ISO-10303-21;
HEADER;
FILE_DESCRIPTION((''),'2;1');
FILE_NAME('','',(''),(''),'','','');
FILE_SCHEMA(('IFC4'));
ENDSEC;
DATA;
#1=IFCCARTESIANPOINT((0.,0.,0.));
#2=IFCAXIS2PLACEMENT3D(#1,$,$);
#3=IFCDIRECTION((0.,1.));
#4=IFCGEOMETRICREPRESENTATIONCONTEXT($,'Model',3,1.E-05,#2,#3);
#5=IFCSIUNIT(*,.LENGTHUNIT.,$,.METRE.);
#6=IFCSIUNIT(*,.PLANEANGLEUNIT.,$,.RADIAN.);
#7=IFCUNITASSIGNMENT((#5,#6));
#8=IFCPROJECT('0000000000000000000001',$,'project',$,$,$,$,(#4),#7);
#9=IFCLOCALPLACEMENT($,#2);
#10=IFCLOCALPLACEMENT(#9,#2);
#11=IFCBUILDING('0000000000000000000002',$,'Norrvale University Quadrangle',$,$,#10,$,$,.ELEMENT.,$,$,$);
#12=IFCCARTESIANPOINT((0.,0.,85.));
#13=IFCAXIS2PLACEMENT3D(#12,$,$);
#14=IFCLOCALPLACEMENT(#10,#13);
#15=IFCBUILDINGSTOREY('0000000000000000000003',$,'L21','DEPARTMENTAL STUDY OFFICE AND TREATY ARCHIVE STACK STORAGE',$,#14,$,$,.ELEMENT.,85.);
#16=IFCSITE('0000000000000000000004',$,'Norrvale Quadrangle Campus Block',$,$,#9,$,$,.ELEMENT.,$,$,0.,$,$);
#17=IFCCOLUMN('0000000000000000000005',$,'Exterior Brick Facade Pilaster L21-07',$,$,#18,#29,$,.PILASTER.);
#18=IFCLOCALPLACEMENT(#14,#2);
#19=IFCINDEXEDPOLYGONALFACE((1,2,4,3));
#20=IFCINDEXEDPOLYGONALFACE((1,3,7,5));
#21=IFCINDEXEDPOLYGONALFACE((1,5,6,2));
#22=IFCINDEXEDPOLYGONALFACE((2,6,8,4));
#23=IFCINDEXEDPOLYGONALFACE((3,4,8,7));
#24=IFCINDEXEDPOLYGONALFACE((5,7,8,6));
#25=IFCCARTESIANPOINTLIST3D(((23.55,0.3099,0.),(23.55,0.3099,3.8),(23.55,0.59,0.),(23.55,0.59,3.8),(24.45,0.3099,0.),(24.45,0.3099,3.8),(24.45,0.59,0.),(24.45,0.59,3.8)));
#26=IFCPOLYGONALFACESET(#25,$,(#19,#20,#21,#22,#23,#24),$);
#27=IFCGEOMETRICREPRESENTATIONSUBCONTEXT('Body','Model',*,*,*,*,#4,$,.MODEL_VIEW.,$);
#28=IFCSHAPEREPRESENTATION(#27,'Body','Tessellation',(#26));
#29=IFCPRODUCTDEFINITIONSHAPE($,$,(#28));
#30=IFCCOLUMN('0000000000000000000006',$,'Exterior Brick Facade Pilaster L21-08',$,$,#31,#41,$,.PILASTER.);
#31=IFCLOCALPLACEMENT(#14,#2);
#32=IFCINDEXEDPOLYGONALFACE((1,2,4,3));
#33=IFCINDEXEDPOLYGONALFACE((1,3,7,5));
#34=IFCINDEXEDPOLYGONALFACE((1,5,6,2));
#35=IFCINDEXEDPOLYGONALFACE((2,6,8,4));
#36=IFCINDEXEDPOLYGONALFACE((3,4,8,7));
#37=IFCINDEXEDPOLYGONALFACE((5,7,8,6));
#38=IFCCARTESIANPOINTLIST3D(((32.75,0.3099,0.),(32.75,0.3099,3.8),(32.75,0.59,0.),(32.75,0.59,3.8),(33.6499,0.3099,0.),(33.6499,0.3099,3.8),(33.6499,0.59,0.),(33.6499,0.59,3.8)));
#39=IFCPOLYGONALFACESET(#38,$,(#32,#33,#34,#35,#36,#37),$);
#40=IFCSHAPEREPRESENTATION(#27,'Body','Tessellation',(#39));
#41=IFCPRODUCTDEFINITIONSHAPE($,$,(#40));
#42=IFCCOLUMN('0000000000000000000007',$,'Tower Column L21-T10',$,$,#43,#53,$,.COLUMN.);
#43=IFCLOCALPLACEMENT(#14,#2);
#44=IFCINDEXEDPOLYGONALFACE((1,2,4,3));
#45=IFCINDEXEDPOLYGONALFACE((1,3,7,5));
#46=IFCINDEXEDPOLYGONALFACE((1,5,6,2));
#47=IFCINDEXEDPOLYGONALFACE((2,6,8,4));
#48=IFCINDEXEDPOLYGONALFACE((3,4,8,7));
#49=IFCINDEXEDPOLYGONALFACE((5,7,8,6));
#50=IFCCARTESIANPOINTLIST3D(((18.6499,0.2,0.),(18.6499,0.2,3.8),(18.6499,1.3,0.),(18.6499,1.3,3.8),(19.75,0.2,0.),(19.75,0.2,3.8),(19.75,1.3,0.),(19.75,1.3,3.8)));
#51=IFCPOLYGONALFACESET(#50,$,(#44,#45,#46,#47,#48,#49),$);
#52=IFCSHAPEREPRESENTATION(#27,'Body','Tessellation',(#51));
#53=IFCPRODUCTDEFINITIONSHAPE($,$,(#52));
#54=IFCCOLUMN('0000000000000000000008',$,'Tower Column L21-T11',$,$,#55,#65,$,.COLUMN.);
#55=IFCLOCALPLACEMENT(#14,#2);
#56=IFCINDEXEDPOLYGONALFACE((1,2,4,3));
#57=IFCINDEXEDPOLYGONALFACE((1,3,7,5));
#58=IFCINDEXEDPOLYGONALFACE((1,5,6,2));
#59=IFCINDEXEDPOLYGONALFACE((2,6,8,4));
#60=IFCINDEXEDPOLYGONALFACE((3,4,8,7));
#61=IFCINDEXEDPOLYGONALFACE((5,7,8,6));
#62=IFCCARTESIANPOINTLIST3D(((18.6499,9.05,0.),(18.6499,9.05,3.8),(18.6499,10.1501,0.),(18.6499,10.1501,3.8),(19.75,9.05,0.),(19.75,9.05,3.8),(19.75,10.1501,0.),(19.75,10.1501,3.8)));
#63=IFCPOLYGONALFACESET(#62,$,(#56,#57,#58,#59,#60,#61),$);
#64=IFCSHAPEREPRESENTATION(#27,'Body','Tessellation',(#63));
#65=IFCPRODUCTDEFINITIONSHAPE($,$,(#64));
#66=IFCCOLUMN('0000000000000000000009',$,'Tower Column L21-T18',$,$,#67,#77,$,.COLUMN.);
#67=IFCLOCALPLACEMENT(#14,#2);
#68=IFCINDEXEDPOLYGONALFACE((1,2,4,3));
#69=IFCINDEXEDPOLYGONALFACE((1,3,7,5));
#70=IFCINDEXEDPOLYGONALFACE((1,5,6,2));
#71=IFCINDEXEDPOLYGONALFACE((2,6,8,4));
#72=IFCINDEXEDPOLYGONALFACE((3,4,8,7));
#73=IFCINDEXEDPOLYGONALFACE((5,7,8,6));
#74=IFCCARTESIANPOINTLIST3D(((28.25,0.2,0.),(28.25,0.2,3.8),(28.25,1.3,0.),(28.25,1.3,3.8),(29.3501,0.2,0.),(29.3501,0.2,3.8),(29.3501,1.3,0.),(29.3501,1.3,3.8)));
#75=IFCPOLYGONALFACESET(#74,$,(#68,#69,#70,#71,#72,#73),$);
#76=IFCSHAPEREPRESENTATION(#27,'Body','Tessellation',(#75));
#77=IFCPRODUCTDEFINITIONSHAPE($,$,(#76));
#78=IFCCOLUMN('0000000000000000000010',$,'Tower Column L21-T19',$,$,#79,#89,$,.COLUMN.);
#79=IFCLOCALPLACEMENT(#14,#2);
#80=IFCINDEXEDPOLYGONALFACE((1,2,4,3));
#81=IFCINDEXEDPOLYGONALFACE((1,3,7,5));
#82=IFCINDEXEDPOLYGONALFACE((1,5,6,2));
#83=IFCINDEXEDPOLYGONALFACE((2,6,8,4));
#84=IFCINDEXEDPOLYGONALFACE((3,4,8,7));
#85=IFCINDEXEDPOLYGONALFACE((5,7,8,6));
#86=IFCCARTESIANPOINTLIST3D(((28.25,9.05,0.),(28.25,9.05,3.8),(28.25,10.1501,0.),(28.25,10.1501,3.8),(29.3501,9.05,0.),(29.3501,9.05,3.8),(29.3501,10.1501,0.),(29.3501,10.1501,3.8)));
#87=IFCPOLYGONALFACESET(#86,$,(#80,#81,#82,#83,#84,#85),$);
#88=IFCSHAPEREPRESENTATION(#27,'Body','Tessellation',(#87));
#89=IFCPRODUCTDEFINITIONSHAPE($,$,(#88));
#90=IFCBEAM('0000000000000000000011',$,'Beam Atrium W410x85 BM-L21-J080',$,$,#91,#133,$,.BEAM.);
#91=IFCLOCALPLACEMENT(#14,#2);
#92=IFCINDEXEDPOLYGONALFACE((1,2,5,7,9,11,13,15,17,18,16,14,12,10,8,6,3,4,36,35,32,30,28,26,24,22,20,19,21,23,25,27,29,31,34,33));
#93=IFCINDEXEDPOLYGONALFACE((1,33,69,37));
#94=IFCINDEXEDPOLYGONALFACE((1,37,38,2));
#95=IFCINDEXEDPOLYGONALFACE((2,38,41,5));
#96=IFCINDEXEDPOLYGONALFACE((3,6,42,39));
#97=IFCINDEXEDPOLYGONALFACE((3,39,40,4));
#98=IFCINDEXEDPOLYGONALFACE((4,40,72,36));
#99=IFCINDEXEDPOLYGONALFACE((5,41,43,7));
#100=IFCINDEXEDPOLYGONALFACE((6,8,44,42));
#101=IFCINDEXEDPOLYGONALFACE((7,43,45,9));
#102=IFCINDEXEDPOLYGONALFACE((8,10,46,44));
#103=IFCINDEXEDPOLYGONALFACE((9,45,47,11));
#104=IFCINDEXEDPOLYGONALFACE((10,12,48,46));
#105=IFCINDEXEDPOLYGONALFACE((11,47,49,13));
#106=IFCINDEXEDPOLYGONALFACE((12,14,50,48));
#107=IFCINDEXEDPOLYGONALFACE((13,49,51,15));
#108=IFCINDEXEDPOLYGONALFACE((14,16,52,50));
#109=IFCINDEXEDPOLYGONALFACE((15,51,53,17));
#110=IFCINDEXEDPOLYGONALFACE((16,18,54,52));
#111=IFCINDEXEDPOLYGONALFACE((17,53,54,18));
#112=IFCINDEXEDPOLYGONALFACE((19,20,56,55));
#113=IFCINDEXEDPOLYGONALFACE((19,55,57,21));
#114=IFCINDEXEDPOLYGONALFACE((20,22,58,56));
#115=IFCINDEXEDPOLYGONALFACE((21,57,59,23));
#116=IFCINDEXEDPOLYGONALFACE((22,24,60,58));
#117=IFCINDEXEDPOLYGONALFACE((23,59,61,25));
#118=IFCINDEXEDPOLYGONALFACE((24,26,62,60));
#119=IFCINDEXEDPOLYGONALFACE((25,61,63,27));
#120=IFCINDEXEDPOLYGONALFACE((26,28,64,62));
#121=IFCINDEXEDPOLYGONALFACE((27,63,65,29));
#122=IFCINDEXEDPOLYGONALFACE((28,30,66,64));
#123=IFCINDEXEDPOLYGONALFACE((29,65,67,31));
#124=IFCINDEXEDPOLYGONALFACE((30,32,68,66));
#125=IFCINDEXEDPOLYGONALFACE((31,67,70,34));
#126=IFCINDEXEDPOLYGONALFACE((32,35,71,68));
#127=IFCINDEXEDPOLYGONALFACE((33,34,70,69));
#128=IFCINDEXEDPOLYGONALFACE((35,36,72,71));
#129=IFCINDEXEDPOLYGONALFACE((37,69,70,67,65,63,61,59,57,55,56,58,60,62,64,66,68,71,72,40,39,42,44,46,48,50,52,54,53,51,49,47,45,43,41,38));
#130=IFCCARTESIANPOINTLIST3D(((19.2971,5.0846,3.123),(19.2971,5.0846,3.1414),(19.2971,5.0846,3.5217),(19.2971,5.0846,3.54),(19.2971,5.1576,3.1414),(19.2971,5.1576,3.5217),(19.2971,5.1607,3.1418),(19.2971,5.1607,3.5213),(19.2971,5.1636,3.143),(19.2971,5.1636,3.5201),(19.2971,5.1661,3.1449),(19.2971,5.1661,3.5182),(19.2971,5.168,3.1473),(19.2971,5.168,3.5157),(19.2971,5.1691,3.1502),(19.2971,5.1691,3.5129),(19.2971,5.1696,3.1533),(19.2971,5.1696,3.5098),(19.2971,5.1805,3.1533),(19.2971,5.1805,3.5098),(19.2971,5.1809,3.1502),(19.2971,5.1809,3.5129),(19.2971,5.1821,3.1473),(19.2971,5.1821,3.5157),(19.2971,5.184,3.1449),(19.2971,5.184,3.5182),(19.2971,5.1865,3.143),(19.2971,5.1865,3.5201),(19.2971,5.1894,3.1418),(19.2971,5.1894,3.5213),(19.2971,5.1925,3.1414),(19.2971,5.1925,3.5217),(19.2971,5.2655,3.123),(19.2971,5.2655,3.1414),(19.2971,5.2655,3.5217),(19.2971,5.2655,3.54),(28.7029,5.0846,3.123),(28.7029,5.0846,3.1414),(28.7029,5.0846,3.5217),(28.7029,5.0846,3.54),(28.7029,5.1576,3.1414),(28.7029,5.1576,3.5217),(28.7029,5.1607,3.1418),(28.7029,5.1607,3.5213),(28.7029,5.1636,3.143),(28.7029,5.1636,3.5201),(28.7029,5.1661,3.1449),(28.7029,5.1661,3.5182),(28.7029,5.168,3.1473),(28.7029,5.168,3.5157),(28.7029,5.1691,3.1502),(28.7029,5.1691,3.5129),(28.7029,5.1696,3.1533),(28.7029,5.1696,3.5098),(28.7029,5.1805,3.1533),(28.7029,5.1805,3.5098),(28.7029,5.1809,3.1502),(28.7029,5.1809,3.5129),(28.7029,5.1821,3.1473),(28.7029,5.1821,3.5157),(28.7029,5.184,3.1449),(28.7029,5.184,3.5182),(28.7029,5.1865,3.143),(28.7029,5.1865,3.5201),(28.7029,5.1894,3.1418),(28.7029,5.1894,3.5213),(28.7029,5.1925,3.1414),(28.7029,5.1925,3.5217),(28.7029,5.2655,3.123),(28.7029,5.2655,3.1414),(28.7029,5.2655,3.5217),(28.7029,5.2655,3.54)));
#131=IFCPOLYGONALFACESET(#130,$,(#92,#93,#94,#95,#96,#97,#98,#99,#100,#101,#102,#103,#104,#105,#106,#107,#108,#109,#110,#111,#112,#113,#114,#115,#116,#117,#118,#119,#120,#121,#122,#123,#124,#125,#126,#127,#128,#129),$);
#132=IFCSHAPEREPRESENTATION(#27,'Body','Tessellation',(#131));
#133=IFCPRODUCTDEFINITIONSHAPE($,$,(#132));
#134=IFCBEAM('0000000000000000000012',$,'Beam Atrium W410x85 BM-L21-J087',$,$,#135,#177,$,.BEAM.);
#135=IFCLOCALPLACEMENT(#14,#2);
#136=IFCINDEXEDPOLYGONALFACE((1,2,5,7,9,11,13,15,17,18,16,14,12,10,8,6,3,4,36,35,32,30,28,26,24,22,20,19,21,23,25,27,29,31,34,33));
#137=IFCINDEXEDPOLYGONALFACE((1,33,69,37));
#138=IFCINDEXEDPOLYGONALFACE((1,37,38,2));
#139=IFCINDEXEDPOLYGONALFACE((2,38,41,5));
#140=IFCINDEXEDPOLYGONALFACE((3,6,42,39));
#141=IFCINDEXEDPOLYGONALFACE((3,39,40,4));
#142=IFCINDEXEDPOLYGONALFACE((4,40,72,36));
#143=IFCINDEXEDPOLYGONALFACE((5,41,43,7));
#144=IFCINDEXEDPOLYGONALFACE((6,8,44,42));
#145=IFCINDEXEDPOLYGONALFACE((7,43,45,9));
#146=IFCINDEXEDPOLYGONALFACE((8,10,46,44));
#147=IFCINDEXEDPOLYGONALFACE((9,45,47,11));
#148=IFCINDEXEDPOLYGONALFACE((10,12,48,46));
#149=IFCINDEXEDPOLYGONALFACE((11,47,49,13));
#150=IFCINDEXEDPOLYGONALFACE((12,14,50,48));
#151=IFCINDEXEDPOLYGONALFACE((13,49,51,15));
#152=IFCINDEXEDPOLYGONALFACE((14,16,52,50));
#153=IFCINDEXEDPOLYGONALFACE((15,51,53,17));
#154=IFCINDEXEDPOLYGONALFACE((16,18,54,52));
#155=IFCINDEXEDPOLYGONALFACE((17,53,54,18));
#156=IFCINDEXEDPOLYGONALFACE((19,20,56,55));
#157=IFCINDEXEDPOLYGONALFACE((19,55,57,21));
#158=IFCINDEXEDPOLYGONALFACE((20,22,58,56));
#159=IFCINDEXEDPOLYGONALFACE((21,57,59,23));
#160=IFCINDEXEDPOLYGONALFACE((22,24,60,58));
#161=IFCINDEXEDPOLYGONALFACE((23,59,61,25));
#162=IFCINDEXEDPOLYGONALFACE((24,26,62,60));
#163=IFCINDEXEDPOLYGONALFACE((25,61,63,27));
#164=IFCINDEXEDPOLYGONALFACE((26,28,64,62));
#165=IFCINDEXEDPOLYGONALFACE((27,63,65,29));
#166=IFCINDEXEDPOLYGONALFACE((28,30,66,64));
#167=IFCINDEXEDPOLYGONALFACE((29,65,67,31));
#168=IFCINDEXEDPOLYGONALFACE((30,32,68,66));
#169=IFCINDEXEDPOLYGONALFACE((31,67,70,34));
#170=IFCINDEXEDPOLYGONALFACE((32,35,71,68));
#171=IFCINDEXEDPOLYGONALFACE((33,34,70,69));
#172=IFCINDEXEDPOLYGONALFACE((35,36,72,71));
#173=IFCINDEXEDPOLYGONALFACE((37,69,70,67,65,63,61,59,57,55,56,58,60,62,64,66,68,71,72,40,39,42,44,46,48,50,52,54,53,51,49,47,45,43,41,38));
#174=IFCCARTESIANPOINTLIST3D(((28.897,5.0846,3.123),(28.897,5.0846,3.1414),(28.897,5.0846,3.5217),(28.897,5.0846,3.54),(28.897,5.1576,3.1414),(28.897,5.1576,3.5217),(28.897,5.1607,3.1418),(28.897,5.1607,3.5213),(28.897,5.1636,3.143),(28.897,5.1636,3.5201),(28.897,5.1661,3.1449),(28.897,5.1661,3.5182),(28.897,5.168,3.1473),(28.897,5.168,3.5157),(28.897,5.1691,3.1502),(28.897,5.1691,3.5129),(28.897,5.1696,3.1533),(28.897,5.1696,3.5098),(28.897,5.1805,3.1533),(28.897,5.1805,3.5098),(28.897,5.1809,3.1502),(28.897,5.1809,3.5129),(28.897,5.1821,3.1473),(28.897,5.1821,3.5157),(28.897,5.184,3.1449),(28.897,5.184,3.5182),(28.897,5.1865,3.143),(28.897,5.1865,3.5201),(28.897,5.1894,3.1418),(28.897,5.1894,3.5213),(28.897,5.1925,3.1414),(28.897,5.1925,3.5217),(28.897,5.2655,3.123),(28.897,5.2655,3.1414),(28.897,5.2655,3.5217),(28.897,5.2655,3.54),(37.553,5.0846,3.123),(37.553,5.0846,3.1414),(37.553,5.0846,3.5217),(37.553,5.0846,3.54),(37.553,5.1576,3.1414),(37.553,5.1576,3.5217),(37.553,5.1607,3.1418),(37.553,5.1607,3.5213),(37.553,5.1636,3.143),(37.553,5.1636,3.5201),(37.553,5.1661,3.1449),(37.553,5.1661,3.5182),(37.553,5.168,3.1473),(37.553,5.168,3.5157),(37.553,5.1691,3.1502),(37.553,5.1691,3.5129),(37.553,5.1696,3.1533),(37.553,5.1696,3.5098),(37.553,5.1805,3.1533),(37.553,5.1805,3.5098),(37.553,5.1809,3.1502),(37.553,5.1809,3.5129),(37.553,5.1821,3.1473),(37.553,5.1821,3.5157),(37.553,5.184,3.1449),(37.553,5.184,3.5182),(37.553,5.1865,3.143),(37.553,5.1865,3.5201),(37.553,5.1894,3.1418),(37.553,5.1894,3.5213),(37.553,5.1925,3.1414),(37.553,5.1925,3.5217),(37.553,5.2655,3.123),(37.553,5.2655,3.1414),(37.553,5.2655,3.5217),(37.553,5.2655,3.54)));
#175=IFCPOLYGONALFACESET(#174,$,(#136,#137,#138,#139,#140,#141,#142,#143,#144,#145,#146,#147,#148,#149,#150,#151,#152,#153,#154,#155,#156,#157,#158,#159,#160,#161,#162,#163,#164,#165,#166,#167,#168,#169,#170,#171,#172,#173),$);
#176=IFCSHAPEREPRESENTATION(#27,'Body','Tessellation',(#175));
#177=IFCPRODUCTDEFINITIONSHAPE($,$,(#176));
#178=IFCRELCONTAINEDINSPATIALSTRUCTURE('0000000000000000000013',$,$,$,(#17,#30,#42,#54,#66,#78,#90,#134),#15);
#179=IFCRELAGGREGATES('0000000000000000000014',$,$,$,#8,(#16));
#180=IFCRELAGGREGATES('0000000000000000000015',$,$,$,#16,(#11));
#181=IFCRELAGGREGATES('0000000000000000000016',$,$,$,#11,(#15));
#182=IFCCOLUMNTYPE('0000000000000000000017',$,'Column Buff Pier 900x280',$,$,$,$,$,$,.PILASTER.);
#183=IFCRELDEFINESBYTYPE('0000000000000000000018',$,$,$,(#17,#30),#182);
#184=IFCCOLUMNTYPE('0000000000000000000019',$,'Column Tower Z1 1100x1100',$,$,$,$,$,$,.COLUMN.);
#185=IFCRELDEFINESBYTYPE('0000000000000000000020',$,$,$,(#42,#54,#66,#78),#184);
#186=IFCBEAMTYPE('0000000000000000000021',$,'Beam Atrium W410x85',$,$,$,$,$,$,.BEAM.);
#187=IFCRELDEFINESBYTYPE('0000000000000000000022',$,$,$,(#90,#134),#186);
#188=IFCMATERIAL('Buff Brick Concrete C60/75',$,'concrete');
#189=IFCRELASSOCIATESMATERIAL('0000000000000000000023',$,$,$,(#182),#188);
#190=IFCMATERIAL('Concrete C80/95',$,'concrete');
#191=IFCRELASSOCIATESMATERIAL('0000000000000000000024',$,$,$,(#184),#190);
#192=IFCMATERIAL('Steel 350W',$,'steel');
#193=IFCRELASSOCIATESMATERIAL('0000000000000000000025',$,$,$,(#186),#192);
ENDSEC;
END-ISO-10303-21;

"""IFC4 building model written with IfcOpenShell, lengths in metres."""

from ifc_helpers import new_model, si_unit, direction, frame, origin, origin_2d, place, context, subcontext, project, spatial, rectangle, i_section, extrude, material, material_profile, profile_set, type_object, element, save


model = new_model("IFC4")

# Units and contexts
model_context = context("Model", 3, precision=1e-05, world=origin(), true_north=direction((0.0, 1.0)))
body_context = subcontext(model_context, "Body", "Model", "MODEL_VIEW")
ifc_project = project(units=[si_unit("LENGTHUNIT", "METRE"), si_unit("PLANEANGLEUNIT", "RADIAN")], contexts=[model_context])

# Site, building, storey
site_placement = place(None, origin())
site = spatial("IfcSite", under=ifc_project, at=site_placement, Name="Norrvale Quadrangle Campus Block", CompositionType="ELEMENT", RefElevation=0.0)
building_placement = place(site_placement, origin())
building = spatial("IfcBuilding", under=site, at=building_placement, Name="Norrvale University Quadrangle", CompositionType="ELEMENT")
storey_placement = place(building_placement, frame((0.0, 0.0, 85.0)))
storey = spatial("IfcBuildingStorey", under=building, at=storey_placement, Name="L21", Description="DEPARTMENTAL STUDY OFFICE AND TREATY ARCHIVE STACK STORAGE", CompositionType="ELEMENT", Elevation=85.0)

# Columns
ifc_material_1 = material(Name="Buff Brick Concrete C60/75", Category="concrete")
ifc_material_profile_1 = material_profile(ifc_material_1, rectangle(XDim=0.8999, YDim=0.28, at=origin_2d()), Name="Buff Brick Concrete C60/75")
ifc_profile_set_1 = profile_set([ifc_material_profile_1], Name="Buff Brick Concrete C60/75")
column_type_1 = type_object("IfcColumnType", Name="Column Buff Pier 900x280", PredefinedType="PILASTER", material=ifc_profile_set_1)
for number, where, z_axis, x_axis, name in (
    (1, (24.0, 0.45, 0.0), (0.0, 0.0, 1.0), (1.0, 0.0, 0.0), "Exterior Brick Facade Pilaster L21-07"),
    (2, (33.2, 0.45, 0.0), (0.0, 0.0, 1.0), (1.0, 0.0, 0.0), "Exterior Brick Facade Pilaster L21-08"),
):
    element("IfcColumn", number, at=place(storey_placement, frame(where, z_axis=z_axis, x_axis=x_axis)), inside=storey, type_object=column_type_1, Name=name, PredefinedType="PILASTER", context=body_context, shape_type="SweptSolid", body=[
        extrude(rectangle(XDim=0.8999, YDim=0.28, at=origin_2d()), origin(), (0.0, 0.0, 1.0), 3.8),
    ])
ifc_material_2 = material(Name="Concrete C80/95", Category="concrete")
ifc_material_profile_2 = material_profile(ifc_material_2, rectangle(XDim=1.1001, YDim=1.1001, at=origin_2d()), Name="Concrete C80/95")
ifc_profile_set_2 = profile_set([ifc_material_profile_2], Name="Concrete C80/95")
column_type_2 = type_object("IfcColumnType", Name="Column Tower Z1 1100x1100", PredefinedType="COLUMN", material=ifc_profile_set_2)
for number, where, z_axis, x_axis, name in (
    (3, (19.2, 0.75, 0.0), (0.0, 0.0, 1.0), (1.0, 0.0, 0.0), "Tower Column L21-T10"),
    (4, (19.2, 9.6001, 0.0), (0.0, 0.0, 1.0), (1.0, 0.0, 0.0), "Tower Column L21-T11"),
    (5, (28.8, 0.75, 0.0), (0.0, 0.0, 1.0), (1.0, 0.0, 0.0), "Tower Column L21-T18"),
    (6, (28.8, 9.6001, 0.0), (0.0, 0.0, 1.0), (1.0, 0.0, 0.0), "Tower Column L21-T19"),
):
    element("IfcColumn", number, at=place(storey_placement, frame(where, z_axis=z_axis, x_axis=x_axis)), inside=storey, type_object=column_type_2, Name=name, PredefinedType="COLUMN", context=body_context, shape_type="SweptSolid", body=[
        extrude(rectangle(XDim=1.1001, YDim=1.1001, at=origin_2d()), origin(), (0.0, 0.0, 1.0), 3.8),
    ])

# Beams
ifc_material_3 = material(Name="Steel 350W", Category="steel")
ifc_material_profile_3 = material_profile(ifc_material_3, i_section(OverallWidth=0.1809, OverallDepth=0.417, WebThickness=0.011, FlangeThickness=0.0183, FilletRadius=0.012, at=origin_2d()), Name="Steel 350W")
ifc_profile_set_3 = profile_set([ifc_material_profile_3], Name="Steel 350W")
beam_type_1 = type_object("IfcBeamType", Name="Beam Atrium W410x85", PredefinedType="BEAM", material=ifc_profile_set_3)
beam_1_placement = place(storey_placement, frame((19.2971, 5.175, 3.3315), z_axis=(1.0, 0.0, 0.0), x_axis=(0.0, 1.0, 0.0)))
element("IfcBeam", 7, at=beam_1_placement, inside=storey, type_object=beam_type_1, Name="Beam Atrium W410x85 BM-L21-J080", PredefinedType="BEAM", context=body_context, shape_type="SweptSolid", body=[
    extrude(i_section(OverallWidth=0.1809, OverallDepth=0.417, WebThickness=0.011, FlangeThickness=0.0183, FilletRadius=0.012, at=origin_2d()), origin(), (0.0, 0.0, 1.0), 9.4058),
])
beam_2_placement = place(storey_placement, frame((28.897, 5.175, 3.3315), z_axis=(1.0, 0.0, 0.0), x_axis=(0.0, 1.0, 0.0)))
element("IfcBeam", 8, at=beam_2_placement, inside=storey, type_object=beam_type_1, Name="Beam Atrium W410x85 BM-L21-J087", PredefinedType="BEAM", context=body_context, shape_type="SweptSolid", body=[
    extrude(i_section(OverallWidth=0.1809, OverallDepth=0.417, WebThickness=0.011, FlangeThickness=0.0183, FilletRadius=0.012, at=origin_2d()), origin(), (0.0, 0.0, 1.0), 8.656),
])

save(model, "model.ifc")
